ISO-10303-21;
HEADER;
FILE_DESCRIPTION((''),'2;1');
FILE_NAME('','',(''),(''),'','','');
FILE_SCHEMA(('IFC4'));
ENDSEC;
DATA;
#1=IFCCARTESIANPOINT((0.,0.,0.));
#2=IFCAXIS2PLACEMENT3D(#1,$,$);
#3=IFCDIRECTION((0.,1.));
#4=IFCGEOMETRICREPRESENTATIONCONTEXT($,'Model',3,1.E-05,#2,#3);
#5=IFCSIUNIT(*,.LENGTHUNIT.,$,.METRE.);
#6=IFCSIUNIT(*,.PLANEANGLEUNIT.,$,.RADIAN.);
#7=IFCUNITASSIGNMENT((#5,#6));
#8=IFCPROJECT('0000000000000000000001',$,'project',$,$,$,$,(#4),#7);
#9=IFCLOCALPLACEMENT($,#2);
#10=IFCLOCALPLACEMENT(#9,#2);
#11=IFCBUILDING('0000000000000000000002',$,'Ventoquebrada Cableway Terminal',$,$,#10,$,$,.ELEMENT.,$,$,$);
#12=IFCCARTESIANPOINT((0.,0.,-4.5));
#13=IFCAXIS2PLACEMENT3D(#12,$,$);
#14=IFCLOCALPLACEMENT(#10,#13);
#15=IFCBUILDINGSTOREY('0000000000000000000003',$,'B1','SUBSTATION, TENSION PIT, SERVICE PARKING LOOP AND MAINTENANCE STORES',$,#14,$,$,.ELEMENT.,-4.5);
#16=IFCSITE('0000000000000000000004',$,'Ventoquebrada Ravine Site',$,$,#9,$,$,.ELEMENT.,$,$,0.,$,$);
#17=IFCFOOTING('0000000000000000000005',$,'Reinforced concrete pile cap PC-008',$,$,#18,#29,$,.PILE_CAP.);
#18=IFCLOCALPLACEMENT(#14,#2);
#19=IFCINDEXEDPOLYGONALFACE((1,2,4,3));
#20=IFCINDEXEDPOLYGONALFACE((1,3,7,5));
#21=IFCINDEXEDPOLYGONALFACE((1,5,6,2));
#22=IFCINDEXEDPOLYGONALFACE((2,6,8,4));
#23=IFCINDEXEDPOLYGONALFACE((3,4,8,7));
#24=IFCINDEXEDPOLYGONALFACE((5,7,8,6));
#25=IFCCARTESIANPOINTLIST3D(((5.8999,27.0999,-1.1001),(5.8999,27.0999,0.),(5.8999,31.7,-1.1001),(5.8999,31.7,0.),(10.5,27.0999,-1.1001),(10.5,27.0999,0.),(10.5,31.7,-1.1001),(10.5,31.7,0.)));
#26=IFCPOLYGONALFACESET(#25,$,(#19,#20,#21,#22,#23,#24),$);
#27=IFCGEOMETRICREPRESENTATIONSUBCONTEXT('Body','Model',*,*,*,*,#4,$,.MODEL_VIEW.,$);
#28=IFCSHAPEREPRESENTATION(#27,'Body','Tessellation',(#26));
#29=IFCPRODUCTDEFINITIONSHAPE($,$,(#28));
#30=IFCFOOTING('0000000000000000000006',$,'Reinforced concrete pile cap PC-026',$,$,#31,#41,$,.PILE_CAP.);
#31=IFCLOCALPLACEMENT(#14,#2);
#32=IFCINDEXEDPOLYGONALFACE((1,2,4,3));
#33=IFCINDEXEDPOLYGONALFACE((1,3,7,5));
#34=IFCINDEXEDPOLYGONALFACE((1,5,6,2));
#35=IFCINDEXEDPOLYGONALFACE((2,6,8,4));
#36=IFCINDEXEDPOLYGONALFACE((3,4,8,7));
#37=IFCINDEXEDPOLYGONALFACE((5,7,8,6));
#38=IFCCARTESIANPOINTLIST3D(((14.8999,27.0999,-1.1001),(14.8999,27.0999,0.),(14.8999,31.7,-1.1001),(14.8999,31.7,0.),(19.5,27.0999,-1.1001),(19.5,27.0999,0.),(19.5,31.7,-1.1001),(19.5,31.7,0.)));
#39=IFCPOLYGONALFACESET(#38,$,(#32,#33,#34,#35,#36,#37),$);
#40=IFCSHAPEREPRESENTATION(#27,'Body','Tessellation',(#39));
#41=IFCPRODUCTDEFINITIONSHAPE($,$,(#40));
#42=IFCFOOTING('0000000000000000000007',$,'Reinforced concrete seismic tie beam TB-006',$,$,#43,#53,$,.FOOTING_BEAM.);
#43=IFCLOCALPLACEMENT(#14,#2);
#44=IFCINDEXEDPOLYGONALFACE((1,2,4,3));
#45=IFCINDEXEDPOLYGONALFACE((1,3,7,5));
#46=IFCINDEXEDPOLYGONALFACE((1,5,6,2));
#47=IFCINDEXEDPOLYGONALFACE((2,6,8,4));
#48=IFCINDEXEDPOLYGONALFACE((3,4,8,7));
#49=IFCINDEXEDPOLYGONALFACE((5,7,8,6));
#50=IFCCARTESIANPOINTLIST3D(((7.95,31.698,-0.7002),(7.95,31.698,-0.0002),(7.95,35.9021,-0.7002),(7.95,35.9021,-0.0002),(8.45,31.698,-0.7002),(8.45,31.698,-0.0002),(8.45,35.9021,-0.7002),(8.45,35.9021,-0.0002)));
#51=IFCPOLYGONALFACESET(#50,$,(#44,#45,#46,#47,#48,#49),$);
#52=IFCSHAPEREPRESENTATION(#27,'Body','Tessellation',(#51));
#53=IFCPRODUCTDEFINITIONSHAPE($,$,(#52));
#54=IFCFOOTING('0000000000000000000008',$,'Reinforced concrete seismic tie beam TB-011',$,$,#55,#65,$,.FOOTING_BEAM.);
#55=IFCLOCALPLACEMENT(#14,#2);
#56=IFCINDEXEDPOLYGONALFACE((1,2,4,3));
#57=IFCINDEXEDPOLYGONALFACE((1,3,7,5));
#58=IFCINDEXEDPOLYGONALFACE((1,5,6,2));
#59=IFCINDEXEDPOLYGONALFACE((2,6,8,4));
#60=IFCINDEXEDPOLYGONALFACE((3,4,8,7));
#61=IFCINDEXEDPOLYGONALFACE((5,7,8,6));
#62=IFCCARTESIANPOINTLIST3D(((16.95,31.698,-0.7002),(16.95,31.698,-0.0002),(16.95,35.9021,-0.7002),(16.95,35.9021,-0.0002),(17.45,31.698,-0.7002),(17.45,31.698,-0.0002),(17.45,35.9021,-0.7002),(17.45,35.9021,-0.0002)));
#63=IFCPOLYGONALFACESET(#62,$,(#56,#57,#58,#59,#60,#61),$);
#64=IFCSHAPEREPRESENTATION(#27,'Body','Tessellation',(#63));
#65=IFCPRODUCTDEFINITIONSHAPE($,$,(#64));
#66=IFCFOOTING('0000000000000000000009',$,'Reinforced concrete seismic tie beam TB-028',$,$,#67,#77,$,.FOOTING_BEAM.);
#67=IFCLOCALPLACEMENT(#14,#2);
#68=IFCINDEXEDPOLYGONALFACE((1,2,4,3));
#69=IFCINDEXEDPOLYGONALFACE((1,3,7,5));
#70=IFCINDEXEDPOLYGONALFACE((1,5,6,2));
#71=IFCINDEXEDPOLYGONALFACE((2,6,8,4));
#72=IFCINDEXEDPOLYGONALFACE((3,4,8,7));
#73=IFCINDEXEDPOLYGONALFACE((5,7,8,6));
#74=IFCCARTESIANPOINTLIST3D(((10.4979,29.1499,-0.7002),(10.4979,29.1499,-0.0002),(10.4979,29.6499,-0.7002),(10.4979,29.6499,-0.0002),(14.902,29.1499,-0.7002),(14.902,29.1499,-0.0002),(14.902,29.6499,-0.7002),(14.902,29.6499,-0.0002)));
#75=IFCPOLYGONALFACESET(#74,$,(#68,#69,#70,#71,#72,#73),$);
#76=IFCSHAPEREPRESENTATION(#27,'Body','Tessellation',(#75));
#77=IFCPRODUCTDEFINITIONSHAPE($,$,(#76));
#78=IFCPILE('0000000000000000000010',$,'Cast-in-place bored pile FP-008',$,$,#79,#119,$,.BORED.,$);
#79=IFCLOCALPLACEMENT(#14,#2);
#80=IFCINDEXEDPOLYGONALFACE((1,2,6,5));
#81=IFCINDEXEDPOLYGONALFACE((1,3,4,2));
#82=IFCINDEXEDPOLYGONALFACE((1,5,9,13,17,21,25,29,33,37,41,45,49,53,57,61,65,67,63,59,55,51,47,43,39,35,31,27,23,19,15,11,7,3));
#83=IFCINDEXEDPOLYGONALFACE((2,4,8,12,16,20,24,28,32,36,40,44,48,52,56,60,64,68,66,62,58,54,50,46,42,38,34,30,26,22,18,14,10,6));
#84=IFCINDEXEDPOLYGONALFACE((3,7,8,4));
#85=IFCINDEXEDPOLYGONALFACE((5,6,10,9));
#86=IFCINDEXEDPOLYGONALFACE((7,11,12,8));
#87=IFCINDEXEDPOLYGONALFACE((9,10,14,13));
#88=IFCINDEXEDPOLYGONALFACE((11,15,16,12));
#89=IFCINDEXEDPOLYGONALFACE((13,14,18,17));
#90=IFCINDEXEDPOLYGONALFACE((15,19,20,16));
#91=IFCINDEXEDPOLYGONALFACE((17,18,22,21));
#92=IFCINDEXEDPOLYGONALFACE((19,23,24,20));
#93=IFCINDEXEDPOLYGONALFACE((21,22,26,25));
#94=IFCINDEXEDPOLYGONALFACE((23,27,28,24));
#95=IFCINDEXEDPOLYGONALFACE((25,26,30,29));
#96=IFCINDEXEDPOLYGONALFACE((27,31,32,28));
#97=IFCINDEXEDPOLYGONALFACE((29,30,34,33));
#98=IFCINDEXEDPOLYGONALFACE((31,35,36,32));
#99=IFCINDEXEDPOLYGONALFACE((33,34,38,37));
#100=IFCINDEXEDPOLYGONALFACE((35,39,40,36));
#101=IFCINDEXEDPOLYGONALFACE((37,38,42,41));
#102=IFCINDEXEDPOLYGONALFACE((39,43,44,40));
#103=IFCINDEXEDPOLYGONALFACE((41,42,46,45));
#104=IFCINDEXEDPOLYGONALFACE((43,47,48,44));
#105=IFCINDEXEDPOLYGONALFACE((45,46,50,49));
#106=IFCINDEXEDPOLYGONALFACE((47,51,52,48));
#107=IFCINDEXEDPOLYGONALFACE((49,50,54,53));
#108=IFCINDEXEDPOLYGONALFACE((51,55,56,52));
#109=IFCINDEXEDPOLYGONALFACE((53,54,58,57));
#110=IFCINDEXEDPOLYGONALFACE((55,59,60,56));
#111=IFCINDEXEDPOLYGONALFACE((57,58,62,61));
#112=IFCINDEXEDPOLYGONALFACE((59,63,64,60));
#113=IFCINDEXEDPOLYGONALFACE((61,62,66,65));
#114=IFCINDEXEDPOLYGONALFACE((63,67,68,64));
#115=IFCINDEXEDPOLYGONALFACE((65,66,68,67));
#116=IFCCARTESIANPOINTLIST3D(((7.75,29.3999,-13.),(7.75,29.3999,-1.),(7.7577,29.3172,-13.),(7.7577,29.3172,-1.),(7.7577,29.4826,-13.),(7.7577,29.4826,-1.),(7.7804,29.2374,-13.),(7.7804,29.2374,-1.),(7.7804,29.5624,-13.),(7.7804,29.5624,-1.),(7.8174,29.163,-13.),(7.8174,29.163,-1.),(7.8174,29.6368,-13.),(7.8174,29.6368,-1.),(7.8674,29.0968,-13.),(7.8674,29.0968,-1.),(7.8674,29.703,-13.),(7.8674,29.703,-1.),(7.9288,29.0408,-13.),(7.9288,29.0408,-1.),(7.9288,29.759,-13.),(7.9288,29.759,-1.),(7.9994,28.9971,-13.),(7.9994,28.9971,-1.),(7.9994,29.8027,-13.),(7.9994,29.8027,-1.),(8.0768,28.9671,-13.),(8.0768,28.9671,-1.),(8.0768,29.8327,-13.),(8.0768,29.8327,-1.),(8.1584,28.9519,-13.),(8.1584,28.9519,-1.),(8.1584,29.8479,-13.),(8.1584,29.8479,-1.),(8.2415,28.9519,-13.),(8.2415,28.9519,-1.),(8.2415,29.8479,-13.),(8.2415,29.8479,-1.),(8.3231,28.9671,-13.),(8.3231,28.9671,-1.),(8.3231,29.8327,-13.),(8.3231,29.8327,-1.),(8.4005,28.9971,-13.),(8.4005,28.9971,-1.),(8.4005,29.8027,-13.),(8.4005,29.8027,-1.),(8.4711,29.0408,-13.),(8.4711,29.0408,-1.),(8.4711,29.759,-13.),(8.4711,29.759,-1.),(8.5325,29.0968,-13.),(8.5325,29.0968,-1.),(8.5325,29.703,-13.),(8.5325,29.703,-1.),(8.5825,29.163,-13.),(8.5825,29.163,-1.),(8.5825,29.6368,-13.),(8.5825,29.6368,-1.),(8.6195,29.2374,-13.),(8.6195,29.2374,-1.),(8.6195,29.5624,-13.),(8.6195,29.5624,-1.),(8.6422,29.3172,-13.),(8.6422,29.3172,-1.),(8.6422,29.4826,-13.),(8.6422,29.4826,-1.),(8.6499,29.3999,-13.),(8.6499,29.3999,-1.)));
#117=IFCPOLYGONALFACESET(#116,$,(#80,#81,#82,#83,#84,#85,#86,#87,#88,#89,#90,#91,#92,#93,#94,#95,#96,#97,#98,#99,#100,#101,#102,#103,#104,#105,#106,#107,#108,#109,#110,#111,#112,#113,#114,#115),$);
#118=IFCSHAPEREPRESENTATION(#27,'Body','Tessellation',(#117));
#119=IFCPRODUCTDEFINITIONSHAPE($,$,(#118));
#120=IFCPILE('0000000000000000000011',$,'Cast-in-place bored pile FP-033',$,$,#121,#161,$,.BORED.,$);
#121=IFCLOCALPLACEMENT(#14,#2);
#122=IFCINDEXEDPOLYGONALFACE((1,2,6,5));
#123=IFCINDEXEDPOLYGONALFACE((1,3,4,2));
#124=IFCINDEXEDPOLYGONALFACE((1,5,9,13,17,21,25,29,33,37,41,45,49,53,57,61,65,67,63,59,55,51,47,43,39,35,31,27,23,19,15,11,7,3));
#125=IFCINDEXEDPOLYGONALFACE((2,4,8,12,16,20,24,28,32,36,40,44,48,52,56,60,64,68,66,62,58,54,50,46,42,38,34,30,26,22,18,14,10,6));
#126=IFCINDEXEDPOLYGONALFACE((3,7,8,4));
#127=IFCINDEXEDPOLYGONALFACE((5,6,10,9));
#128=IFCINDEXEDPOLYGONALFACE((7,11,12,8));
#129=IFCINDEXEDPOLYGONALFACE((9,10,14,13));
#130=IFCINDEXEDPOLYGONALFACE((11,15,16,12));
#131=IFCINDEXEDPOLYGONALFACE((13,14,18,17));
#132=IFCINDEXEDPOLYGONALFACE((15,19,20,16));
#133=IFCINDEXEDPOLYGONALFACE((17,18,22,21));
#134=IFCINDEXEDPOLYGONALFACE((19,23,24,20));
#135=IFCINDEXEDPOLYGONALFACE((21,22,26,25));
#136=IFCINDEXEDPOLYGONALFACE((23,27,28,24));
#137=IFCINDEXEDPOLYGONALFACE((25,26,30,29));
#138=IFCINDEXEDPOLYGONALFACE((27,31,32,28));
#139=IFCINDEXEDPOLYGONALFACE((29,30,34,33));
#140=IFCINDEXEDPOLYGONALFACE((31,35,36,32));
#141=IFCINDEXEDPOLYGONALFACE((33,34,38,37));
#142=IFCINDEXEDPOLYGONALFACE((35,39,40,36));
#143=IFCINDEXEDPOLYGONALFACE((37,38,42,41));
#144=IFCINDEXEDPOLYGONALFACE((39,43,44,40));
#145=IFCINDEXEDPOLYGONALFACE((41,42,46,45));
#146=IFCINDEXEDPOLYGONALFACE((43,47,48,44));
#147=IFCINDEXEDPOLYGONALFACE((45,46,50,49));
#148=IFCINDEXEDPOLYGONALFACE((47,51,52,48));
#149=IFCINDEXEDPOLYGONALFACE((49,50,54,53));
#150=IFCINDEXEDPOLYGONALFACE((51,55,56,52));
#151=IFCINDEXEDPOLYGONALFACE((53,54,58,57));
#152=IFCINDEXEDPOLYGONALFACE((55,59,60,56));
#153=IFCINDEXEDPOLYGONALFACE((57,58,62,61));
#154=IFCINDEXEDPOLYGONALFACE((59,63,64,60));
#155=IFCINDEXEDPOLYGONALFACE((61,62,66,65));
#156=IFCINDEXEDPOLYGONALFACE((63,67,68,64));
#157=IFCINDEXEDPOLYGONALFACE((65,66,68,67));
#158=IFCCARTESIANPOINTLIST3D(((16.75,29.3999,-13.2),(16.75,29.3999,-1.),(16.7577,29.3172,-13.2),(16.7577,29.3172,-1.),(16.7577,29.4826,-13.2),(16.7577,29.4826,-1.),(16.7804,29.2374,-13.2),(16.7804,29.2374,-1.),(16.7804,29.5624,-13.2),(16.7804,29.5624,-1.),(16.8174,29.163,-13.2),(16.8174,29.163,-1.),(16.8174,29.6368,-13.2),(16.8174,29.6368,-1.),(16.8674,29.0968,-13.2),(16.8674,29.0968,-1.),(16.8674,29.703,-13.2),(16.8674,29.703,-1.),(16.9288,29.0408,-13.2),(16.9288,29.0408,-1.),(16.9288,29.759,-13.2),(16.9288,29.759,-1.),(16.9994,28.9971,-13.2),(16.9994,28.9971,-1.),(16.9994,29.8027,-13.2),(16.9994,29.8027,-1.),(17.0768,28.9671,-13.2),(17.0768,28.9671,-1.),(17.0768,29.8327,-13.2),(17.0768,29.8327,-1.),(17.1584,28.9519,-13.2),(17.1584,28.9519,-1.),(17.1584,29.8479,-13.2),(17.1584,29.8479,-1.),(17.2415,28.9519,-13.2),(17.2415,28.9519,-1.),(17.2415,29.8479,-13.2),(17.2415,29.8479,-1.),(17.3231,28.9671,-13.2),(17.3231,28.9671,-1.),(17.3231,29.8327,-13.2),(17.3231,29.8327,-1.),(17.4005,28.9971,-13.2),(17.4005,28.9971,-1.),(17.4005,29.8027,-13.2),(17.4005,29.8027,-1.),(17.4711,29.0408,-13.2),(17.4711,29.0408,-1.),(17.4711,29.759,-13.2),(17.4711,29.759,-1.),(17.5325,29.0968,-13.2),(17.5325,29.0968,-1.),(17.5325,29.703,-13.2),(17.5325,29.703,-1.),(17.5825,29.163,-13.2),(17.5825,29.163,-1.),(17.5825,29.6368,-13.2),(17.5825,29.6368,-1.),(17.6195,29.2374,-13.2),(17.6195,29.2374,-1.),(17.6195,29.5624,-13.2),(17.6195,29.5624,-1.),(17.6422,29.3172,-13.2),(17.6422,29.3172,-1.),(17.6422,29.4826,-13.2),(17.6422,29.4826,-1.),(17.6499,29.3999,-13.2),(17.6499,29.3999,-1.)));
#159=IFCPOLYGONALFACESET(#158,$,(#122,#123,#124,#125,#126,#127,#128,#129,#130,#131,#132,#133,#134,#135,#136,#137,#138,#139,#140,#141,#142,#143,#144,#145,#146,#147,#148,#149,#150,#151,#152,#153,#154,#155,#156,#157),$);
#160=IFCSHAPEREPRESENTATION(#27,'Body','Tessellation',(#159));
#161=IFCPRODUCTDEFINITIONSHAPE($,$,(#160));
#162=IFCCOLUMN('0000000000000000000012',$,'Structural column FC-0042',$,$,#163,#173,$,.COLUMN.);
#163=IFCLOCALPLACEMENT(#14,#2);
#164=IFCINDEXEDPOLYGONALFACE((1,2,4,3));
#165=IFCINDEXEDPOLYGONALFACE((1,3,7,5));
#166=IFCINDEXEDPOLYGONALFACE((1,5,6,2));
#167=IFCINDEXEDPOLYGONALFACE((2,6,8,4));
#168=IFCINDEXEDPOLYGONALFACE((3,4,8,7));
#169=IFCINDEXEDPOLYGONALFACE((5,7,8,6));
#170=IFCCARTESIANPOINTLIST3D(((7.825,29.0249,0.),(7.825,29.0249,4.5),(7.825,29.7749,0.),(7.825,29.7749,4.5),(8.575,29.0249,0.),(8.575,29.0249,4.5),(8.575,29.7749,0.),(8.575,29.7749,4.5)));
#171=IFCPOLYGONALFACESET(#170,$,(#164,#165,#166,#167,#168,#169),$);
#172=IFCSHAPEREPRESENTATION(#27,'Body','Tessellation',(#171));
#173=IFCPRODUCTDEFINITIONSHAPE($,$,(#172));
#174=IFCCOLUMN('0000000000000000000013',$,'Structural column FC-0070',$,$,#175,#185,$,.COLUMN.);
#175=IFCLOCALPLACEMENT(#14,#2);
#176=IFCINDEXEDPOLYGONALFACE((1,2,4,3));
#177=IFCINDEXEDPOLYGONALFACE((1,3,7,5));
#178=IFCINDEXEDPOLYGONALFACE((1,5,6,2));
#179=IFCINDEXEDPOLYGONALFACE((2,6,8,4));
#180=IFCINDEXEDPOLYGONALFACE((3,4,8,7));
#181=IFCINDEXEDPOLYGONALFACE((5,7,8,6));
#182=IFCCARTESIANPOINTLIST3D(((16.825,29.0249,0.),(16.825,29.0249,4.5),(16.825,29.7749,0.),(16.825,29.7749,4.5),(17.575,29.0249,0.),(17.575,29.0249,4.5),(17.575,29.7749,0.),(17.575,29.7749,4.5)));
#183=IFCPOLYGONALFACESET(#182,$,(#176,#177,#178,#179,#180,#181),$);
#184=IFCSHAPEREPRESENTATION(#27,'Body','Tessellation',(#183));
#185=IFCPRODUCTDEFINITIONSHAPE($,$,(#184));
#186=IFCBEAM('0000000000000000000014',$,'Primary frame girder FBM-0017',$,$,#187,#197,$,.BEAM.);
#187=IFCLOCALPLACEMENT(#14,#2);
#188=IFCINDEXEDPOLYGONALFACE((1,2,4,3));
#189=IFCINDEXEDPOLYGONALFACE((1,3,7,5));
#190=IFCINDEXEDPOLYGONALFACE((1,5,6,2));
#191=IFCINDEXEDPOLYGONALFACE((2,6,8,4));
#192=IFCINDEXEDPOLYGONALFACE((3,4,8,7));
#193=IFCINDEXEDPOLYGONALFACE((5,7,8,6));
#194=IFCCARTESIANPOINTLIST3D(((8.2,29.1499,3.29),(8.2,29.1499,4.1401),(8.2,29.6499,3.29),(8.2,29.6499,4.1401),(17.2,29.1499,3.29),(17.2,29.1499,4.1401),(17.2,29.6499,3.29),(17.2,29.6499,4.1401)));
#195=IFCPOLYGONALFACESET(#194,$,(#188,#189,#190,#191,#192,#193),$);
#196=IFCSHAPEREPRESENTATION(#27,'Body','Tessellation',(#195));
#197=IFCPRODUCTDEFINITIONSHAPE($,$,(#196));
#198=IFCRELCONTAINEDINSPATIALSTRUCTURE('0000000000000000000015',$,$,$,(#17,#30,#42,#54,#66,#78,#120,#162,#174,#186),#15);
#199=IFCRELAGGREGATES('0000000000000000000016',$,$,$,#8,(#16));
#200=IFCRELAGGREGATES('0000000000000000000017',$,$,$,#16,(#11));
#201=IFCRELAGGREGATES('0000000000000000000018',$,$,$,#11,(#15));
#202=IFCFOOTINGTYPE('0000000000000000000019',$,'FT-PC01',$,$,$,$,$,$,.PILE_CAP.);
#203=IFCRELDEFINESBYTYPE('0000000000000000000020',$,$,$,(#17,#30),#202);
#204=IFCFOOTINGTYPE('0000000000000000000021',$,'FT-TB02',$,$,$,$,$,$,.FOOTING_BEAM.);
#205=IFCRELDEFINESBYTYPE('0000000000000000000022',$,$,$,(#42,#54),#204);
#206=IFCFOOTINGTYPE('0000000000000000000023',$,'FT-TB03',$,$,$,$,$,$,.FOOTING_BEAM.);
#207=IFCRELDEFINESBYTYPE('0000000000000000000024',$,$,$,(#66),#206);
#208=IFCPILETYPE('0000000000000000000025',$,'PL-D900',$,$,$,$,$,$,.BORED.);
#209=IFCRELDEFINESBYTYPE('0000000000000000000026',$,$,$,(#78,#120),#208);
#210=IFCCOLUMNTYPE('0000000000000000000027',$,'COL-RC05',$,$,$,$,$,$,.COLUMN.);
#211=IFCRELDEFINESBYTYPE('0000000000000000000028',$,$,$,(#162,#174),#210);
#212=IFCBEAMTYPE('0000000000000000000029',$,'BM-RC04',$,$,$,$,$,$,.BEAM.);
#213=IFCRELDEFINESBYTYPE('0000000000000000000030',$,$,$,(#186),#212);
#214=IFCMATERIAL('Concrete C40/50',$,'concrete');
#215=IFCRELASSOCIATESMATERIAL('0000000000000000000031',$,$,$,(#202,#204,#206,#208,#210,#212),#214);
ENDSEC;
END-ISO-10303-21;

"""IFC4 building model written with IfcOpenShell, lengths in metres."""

from ifc_helpers import new_model, si_unit, direction, frame, origin, origin_2d, place, context, subcontext, project, spatial, rectangle, circle, extrude, material, material_profile, profile_set, type_object, element, save


model = new_model("IFC4")

# Units and contexts
model_context = context("Model", 3, precision=1e-05, world=origin(), true_north=direction((0.0, 1.0)))
body_context = subcontext(model_context, "Body", "Model", "MODEL_VIEW")
ifc_project = project(units=[si_unit("LENGTHUNIT", "METRE"), si_unit("PLANEANGLEUNIT", "RADIAN")], contexts=[model_context])

# Site, building, storey
site_placement = place(None, origin())
site = spatial("IfcSite", under=ifc_project, at=site_placement, Name="Ventoquebrada Ravine Site", CompositionType="ELEMENT", RefElevation=0.0)
building_placement = place(site_placement, origin())
building = spatial("IfcBuilding", under=site, at=building_placement, Name="Ventoquebrada Cableway Terminal", CompositionType="ELEMENT")
storey_placement = place(building_placement, frame((0.0, 0.0, -4.5)))
storey = spatial("IfcBuildingStorey", under=building, at=storey_placement, Name="B1", Description="SUBSTATION, TENSION PIT, SERVICE PARKING LOOP AND MAINTENANCE STORES", CompositionType="ELEMENT", Elevation=-4.5)

# Footings
ifc_material_1 = material(Name="Concrete C40/50", Category="concrete")
footing_type_1 = type_object("IfcFootingType", Name="FT-PC01", PredefinedType="PILE_CAP", material=ifc_material_1)
for number, where, z_axis, x_axis, name in (
    (1, (8.2, 29.3999, -1.1001), (0.0, 0.0, 1.0), (1.0, 0.0, 0.0), "Reinforced concrete pile cap PC-008"),
    (2, (17.2, 29.3999, -1.1001), (0.0, 0.0, 1.0), (1.0, 0.0, 0.0), "Reinforced concrete pile cap PC-026"),
):
    element("IfcFooting", number, at=place(storey_placement, frame(where, z_axis=z_axis, x_axis=x_axis)), inside=storey, type_object=footing_type_1, Name=name, PredefinedType="PILE_CAP", context=body_context, shape_type="SweptSolid", body=[
        extrude(rectangle(XDim=4.6001, YDim=4.6001, at=origin_2d()), origin(), (0.0, 0.0, 1.0), 1.1001),
    ])
footing_type_2 = type_object("IfcFootingType", Name="FT-TB02", PredefinedType="FOOTING_BEAM", material=ifc_material_1)
for number, where, z_axis, x_axis, name in (
    (3, (8.2, 33.8, -0.7002), (0.0, 0.0, 1.0), (0.0, 1.0, 0.0), "Reinforced concrete seismic tie beam TB-006"),
    (4, (17.2, 33.8, -0.7002), (0.0, 0.0, 1.0), (0.0, 1.0, 0.0), "Reinforced concrete seismic tie beam TB-011"),
):
    element("IfcFooting", number, at=place(storey_placement, frame(where, z_axis=z_axis, x_axis=x_axis)), inside=storey, type_object=footing_type_2, Name=name, PredefinedType="FOOTING_BEAM", context=body_context, shape_type="SweptSolid", body=[
        extrude(rectangle(XDim=4.2041, YDim=0.5, at=origin_2d()), origin(), (0.0, 0.0, 1.0), 0.7),
    ])
footing_type_3 = type_object("IfcFootingType", Name="FT-TB03", PredefinedType="FOOTING_BEAM", material=ifc_material_1)
footing_placement = place(storey_placement, frame((12.7, 29.3999, -0.7002), z_axis=(0.0, 0.0, 1.0), x_axis=(1.0, 0.0, 0.0)))
element("IfcFooting", 5, at=footing_placement, inside=storey, type_object=footing_type_3, Name="Reinforced concrete seismic tie beam TB-028", PredefinedType="FOOTING_BEAM", context=body_context, shape_type="SweptSolid", body=[
    extrude(rectangle(XDim=4.4041, YDim=0.5, at=origin_2d()), origin(), (0.0, 0.0, 1.0), 0.7),
])

# Piles
ifc_material_profile_1 = material_profile(ifc_material_1, circle(Radius=0.45, at=origin_2d()), Name="PILE-D900")
ifc_profile_set_1 = profile_set([ifc_material_profile_1], Name="Concrete C40/50")
pile_type = type_object("IfcPileType", Name="PL-D900", PredefinedType="BORED", material=ifc_profile_set_1)
pile_1_placement = place(storey_placement, frame((8.2, 29.3999, -1.0), z_axis=(0.0, 0.0, -1.0), x_axis=(1.0, 0.0, 0.0)))
element("IfcPile", 6, at=pile_1_placement, inside=storey, type_object=pile_type, Name="Cast-in-place bored pile FP-008", PredefinedType="BORED", context=body_context, shape_type="SweptSolid", body=[
    extrude(circle(Radius=0.45, at=origin_2d()), origin(), (0.0, 0.0, 1.0), 12.0),
])
pile_2_placement = place(storey_placement, frame((17.2, 29.3999, -1.0), z_axis=(0.0, 0.0, -1.0), x_axis=(1.0, 0.0, 0.0)))
element("IfcPile", 7, at=pile_2_placement, inside=storey, type_object=pile_type, Name="Cast-in-place bored pile FP-033", PredefinedType="BORED", context=body_context, shape_type="SweptSolid", body=[
    extrude(circle(Radius=0.45, at=origin_2d()), origin(), (0.0, 0.0, 1.0), 12.2),
])

# Columns
ifc_material_profile_2 = material_profile(ifc_material_1, rectangle(XDim=0.75, YDim=0.75, at=origin_2d()), Name="RC-COL-750X750")
ifc_profile_set_2 = profile_set([ifc_material_profile_2], Name="Concrete C40/50")
column_type = type_object("IfcColumnType", Name="COL-RC05", PredefinedType="COLUMN", material=ifc_profile_set_2)
for number, where, z_axis, x_axis, name in (
    (8, (8.2, 29.3999, 0.0), (0.0, 0.0, 1.0), (1.0, 0.0, 0.0), "Structural column FC-0042"),
    (9, (17.2, 29.3999, 0.0), (0.0, 0.0, 1.0), (1.0, 0.0, 0.0), "Structural column FC-0070"),
):
    element("IfcColumn", number, at=place(storey_placement, frame(where, z_axis=z_axis, x_axis=x_axis)), inside=storey, type_object=column_type, Name=name, PredefinedType="COLUMN", context=body_context, shape_type="SweptSolid", body=[
        extrude(rectangle(XDim=0.75, YDim=0.75, at=origin_2d()), origin(), (0.0, 0.0, 1.0), 4.5),
    ])

# Beam
ifc_material_profile_3 = material_profile(ifc_material_1, rectangle(XDim=0.5, YDim=0.8501, at=origin_2d()), Name="RC-BM-500X850")
ifc_profile_set_3 = profile_set([ifc_material_profile_3], Name="Concrete C40/50")
beam_type = type_object("IfcBeamType", Name="BM-RC04", PredefinedType="BEAM", material=ifc_profile_set_3)
for number, where, z_axis, x_axis, name in (
    (10, (8.2, 29.3999, 3.7151), (1.0, 0.0, 0.0), (0.0, 1.0, 0.0), "Primary frame girder FBM-0017"),
):
    element("IfcBeam", number, at=place(storey_placement, frame(where, z_axis=z_axis, x_axis=x_axis)), inside=storey, type_object=beam_type, Name=name, PredefinedType="BEAM", context=body_context, shape_type="SweptSolid", body=[
        extrude(rectangle(XDim=0.5, YDim=0.8501, at=origin_2d()), origin(), (0.0, 0.0, 1.0), 9.0),
    ])

save(model, "model.ifc")
